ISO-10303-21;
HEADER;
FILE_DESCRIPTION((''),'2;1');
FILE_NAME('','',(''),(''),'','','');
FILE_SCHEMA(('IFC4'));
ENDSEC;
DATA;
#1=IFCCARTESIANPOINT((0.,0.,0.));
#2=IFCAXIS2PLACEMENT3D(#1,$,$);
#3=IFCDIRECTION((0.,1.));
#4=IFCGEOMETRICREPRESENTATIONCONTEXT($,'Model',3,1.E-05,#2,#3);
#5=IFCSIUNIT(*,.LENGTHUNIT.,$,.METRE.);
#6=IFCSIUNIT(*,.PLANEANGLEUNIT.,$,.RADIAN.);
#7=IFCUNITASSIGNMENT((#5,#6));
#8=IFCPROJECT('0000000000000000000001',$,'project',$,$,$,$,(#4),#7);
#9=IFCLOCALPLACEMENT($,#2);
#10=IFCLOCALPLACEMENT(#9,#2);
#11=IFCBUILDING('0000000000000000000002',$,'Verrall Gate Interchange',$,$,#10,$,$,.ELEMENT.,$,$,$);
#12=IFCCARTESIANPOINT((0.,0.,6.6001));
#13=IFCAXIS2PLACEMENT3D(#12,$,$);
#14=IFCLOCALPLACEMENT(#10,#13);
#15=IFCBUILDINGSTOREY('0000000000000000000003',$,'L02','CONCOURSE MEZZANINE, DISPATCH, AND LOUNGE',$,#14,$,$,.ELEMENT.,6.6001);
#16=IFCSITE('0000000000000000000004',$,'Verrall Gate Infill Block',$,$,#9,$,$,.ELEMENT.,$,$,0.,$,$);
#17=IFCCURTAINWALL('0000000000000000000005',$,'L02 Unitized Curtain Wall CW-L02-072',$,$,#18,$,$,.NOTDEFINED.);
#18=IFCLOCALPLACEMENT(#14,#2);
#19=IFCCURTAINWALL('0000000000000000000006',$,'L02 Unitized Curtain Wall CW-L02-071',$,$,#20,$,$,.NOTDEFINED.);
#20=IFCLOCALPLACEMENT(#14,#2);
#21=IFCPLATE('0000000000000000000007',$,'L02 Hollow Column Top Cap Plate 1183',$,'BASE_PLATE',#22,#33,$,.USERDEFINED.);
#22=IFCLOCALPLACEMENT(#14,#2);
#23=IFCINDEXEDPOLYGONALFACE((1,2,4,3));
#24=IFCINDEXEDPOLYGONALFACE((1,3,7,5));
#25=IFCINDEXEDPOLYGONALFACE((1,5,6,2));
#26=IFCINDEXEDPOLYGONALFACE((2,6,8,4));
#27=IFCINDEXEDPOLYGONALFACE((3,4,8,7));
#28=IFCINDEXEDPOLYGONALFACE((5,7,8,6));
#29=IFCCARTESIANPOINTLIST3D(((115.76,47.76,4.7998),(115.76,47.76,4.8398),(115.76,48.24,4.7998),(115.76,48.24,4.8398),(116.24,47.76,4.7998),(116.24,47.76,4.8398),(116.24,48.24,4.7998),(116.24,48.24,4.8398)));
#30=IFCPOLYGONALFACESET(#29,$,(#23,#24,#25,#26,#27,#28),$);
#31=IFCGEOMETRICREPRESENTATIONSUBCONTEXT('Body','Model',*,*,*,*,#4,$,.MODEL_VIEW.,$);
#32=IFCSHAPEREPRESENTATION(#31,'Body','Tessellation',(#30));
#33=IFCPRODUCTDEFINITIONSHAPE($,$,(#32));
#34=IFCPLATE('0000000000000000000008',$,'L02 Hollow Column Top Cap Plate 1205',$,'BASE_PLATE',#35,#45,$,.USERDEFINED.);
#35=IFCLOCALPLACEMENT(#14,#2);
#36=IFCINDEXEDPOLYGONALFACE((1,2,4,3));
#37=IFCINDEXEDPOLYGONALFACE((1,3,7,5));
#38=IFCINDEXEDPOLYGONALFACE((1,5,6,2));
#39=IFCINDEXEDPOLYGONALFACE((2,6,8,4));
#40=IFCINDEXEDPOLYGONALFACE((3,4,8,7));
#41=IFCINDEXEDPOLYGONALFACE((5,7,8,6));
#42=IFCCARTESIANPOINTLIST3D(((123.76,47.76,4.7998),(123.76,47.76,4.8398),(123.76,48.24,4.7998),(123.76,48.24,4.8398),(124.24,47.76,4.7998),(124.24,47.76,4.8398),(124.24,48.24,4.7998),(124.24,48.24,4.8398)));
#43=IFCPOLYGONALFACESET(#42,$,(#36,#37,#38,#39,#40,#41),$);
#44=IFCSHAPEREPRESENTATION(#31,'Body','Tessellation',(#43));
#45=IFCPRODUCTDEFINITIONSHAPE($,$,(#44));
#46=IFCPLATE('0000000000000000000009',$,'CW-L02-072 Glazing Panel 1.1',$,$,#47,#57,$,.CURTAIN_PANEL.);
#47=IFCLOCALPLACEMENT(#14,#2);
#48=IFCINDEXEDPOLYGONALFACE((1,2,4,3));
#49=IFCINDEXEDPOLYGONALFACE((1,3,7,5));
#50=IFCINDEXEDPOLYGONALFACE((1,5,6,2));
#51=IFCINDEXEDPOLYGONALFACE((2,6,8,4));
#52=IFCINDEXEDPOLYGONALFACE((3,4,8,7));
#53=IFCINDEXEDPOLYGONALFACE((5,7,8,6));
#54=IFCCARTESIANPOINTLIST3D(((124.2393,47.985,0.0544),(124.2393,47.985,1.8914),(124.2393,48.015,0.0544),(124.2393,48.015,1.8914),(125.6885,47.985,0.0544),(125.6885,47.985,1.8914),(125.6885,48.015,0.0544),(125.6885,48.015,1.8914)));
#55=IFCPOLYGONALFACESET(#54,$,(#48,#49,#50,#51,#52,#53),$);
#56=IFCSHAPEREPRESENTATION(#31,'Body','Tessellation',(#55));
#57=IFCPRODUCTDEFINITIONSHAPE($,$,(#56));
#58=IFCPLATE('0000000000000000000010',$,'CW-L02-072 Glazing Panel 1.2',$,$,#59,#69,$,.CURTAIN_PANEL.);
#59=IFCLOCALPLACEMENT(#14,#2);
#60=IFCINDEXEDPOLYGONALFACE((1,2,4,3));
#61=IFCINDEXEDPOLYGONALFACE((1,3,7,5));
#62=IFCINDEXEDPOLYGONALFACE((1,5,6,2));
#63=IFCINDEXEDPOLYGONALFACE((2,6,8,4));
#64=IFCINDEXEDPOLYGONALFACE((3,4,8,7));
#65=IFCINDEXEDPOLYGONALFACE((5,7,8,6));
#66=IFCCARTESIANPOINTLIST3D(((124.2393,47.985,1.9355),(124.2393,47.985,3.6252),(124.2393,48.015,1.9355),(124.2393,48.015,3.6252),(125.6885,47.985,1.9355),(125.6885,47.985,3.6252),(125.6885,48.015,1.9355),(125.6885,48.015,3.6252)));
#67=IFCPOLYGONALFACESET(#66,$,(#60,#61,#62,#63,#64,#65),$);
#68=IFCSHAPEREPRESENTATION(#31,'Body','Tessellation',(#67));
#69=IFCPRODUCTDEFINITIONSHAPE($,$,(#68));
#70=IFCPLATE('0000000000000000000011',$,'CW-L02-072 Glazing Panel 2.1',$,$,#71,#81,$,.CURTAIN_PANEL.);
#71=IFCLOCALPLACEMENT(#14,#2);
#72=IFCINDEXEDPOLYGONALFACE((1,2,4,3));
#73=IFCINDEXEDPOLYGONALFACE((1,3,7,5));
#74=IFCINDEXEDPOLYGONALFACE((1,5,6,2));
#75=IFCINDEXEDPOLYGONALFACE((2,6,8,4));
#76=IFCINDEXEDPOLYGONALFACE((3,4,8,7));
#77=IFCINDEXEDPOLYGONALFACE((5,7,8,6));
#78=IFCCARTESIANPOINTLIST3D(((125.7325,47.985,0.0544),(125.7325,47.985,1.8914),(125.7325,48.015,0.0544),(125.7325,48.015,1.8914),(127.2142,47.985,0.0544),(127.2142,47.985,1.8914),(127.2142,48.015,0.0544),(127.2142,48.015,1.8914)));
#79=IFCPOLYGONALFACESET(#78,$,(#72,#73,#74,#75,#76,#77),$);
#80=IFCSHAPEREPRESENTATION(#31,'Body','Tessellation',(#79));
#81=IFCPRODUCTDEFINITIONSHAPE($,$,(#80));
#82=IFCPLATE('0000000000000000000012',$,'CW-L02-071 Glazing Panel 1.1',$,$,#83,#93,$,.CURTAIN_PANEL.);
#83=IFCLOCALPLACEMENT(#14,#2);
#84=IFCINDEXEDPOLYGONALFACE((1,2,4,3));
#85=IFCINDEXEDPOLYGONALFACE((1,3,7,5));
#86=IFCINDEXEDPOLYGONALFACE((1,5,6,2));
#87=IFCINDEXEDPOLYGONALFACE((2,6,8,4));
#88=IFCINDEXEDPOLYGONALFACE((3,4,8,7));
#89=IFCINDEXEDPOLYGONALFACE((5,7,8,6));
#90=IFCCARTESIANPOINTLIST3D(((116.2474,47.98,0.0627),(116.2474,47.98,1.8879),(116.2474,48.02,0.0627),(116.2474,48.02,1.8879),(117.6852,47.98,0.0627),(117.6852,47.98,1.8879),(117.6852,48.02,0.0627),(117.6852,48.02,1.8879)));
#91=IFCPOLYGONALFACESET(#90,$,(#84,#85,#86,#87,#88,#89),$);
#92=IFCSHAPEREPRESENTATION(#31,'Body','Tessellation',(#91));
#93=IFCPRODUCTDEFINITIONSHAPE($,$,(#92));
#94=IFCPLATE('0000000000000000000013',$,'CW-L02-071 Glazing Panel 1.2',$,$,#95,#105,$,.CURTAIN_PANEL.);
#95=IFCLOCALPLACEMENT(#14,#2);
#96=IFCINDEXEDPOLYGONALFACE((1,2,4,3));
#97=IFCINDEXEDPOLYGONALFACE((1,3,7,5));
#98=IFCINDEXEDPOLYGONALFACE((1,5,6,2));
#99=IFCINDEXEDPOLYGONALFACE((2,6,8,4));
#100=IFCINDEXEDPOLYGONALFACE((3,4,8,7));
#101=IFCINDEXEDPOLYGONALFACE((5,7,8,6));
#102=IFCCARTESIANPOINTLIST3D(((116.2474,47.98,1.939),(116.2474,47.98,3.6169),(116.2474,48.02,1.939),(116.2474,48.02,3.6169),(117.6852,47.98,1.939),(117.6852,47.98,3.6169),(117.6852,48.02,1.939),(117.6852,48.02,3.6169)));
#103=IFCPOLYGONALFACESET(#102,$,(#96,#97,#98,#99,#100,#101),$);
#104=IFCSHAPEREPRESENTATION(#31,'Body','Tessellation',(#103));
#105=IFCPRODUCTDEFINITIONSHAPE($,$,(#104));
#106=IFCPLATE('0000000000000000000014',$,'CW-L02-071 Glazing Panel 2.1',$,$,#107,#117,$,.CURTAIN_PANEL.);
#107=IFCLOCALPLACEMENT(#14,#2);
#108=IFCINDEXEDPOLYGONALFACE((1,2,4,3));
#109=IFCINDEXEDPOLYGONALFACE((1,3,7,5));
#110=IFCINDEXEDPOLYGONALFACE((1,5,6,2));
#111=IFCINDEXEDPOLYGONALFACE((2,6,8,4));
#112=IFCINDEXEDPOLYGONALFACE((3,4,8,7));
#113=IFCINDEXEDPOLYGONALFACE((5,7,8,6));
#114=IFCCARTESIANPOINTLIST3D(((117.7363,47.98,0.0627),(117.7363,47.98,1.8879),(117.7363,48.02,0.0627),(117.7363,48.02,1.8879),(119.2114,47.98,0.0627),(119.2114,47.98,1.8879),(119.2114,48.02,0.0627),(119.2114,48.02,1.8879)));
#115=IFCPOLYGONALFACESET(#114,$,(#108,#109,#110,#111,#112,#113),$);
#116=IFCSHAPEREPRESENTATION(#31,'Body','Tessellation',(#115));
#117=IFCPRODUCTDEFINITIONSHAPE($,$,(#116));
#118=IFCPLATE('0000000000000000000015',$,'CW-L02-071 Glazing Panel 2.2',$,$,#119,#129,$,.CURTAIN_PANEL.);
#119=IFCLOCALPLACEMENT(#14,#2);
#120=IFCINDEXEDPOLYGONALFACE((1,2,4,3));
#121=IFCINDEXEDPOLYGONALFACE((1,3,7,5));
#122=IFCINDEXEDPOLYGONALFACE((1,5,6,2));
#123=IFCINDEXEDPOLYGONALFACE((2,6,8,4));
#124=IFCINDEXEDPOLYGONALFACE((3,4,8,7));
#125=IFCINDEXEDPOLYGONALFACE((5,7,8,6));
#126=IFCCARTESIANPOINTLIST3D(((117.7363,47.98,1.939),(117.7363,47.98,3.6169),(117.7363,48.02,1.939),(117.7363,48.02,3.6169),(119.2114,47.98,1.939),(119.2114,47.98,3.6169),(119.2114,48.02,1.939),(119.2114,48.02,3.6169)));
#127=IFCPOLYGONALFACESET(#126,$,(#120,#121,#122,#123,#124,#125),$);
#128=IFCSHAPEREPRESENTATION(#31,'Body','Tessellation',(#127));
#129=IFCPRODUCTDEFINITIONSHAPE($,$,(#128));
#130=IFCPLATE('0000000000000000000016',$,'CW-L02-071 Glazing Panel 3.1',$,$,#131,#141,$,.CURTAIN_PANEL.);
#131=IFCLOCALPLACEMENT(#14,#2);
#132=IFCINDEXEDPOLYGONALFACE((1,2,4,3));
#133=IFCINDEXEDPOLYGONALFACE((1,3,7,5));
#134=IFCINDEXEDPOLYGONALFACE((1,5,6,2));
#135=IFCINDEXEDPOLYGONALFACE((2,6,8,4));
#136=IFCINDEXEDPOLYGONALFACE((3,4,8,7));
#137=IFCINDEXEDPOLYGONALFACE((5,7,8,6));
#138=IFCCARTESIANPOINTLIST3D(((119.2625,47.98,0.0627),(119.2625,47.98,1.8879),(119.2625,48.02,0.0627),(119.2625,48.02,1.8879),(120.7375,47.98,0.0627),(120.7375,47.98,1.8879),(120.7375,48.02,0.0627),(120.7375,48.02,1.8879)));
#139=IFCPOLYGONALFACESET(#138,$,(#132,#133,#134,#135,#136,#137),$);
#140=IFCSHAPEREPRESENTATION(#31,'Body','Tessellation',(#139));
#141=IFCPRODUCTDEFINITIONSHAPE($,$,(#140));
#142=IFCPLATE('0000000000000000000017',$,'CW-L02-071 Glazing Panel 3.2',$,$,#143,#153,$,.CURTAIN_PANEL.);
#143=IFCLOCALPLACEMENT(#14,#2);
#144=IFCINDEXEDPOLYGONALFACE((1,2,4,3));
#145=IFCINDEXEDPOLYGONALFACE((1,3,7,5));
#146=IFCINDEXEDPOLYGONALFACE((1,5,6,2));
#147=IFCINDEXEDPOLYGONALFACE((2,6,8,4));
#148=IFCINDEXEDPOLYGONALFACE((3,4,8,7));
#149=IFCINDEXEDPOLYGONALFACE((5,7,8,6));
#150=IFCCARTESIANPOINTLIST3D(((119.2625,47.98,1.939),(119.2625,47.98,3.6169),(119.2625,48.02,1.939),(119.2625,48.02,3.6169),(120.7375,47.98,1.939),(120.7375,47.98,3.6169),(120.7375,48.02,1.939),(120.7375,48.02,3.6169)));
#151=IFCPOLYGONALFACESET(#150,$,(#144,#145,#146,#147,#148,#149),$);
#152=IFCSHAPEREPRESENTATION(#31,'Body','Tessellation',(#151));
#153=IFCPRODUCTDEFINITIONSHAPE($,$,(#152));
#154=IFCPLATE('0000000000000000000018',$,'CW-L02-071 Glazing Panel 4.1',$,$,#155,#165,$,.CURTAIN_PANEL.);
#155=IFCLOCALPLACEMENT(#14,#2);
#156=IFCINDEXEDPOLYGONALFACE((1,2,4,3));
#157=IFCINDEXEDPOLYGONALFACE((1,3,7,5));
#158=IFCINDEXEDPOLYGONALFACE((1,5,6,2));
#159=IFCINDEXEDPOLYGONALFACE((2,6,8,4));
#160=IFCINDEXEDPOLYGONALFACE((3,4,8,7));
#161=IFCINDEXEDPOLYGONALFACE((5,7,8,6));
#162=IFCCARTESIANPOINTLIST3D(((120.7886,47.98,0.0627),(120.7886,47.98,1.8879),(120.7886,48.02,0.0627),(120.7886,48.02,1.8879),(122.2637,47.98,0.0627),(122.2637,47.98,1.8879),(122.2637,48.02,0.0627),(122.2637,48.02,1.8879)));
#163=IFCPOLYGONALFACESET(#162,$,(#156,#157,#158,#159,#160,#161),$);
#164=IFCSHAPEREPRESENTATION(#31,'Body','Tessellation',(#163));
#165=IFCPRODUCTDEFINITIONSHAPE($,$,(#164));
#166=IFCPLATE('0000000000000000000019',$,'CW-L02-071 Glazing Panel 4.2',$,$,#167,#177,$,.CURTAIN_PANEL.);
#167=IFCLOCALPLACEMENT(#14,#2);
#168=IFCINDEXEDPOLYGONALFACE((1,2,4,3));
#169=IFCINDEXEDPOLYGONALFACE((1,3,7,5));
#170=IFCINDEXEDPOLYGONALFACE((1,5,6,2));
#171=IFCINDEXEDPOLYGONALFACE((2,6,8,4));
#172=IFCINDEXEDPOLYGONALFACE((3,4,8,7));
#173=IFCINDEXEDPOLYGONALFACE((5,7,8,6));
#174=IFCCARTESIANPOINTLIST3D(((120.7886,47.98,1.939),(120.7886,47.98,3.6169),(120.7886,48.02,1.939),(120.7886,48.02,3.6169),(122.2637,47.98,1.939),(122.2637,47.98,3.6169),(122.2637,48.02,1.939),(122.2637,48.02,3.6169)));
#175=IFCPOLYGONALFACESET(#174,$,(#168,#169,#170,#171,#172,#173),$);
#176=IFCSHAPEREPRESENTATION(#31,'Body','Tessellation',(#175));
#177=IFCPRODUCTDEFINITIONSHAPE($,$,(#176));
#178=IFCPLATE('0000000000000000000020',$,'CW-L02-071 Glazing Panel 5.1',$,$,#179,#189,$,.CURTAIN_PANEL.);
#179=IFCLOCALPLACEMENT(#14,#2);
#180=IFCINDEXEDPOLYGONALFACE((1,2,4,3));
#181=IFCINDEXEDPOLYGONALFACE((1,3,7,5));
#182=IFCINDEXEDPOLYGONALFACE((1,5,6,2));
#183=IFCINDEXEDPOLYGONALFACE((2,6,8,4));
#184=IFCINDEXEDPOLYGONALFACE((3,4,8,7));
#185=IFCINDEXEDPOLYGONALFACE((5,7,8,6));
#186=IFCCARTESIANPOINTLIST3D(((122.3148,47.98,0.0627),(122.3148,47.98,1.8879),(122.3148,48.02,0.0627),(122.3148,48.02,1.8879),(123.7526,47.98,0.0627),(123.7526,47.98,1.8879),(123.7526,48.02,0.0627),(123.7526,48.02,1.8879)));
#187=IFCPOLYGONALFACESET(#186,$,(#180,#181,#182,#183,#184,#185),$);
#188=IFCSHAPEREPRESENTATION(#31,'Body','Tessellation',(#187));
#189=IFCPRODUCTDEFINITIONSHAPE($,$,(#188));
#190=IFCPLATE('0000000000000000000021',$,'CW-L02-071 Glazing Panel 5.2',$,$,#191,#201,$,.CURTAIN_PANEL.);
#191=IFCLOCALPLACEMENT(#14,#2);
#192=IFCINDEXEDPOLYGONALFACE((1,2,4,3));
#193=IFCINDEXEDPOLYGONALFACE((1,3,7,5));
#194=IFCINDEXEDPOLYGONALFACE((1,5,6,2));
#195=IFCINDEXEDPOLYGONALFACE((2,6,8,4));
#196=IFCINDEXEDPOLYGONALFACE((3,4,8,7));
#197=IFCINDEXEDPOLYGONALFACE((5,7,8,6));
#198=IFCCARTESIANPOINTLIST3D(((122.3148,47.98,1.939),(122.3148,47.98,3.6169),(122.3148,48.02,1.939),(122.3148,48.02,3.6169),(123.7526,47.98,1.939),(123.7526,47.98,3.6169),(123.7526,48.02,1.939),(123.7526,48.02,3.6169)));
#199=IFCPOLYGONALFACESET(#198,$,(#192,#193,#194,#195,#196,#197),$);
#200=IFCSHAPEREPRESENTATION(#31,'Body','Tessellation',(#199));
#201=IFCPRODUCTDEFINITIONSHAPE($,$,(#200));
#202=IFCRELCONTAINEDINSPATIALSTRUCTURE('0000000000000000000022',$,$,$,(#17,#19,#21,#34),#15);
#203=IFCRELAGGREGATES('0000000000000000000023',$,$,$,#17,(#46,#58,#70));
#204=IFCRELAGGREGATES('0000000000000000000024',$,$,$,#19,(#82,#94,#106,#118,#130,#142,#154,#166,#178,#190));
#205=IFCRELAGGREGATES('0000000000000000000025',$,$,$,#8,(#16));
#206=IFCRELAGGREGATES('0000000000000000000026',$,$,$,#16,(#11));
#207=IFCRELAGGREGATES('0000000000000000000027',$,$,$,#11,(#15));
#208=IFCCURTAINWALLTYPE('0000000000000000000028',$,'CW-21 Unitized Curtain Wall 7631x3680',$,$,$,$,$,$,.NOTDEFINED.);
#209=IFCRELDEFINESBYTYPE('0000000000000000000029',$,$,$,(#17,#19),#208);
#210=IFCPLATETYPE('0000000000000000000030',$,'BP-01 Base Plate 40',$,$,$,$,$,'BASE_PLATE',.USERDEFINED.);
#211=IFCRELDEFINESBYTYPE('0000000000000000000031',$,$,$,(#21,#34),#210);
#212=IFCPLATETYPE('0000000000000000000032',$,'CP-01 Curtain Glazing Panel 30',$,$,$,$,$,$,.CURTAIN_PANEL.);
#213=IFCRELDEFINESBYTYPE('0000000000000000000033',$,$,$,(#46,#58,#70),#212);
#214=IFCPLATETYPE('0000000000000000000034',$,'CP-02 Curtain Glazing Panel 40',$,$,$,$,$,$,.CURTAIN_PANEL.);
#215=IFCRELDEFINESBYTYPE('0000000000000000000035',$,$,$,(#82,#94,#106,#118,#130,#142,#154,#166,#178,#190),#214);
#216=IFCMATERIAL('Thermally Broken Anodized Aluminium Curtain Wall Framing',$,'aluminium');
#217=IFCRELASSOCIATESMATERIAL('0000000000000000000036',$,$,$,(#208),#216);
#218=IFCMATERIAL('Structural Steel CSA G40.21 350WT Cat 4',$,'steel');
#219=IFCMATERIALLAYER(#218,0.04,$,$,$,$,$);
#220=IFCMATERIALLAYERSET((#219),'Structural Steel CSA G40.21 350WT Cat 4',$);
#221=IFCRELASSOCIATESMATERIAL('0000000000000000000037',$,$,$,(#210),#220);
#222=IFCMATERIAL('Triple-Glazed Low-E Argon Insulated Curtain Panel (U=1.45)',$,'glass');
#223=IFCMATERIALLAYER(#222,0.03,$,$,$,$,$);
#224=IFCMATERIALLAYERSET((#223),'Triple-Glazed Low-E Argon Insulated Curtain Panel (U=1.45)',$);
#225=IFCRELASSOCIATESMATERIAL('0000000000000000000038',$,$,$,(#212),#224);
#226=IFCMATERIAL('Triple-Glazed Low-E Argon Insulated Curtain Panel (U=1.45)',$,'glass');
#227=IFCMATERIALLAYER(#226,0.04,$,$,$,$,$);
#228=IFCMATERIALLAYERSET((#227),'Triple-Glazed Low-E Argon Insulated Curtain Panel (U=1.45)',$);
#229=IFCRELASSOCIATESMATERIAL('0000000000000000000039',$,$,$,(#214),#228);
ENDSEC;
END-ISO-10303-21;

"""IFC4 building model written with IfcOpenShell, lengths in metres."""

from ifc_helpers import new_model, si_unit, direction, frame, origin, origin_2d, place, context, subcontext, project, spatial, rectangle, extrude, material, layer, layer_set, type_object, element, aggregate, save


model = new_model("IFC4")

# Units and contexts
model_context = context("Model", 3, precision=1e-05, world=origin(), true_north=direction((0.0, 1.0)))
body_context = subcontext(model_context, "Body", "Model", "MODEL_VIEW")
ifc_project = project(units=[si_unit("LENGTHUNIT", "METRE"), si_unit("PLANEANGLEUNIT", "RADIAN")], contexts=[model_context])

# Site, building, storey
site_placement = place(None, origin())
site = spatial("IfcSite", under=ifc_project, at=site_placement, Name="Verrall Gate Infill Block", CompositionType="ELEMENT", RefElevation=0.0)
building_placement = place(site_placement, origin())
building = spatial("IfcBuilding", under=site, at=building_placement, Name="Verrall Gate Interchange", CompositionType="ELEMENT")
storey_placement = place(building_placement, frame((0.0, 0.0, 6.6001)))
storey = spatial("IfcBuildingStorey", under=building, at=storey_placement, Name="L02", Description="CONCOURSE MEZZANINE, DISPATCH, AND LOUNGE", CompositionType="ELEMENT", Elevation=6.6001)

# Curtain walls
ifc_material_1 = material(Name="Thermally Broken Anodized Aluminium Curtain Wall Framing", Category="aluminium")
curtain_wall_type = type_object("IfcCurtainWallType", Name="CW-21 Unitized Curtain Wall 7631x3680", PredefinedType="NOTDEFINED", material=ifc_material_1)
curtain_wall_1_placement = place(storey_placement, origin())
curtain_wall_1 = element("IfcCurtainWall", 1, at=curtain_wall_1_placement, inside=storey, type_object=curtain_wall_type, Name="L02 Unitized Curtain Wall CW-L02-072", PredefinedType="NOTDEFINED")
curtain_wall_2_placement = place(storey_placement, origin())
curtain_wall_2 = element("IfcCurtainWall", 2, at=curtain_wall_2_placement, inside=storey, type_object=curtain_wall_type, Name="L02 Unitized Curtain Wall CW-L02-071", PredefinedType="NOTDEFINED")

# Plates
ifc_material_2 = material(Name="Structural Steel CSA G40.21 350WT Cat 4", Category="steel")
ifc_layer_1 = layer(ifc_material_2, 0.04)
ifc_layer_set_1 = layer_set([ifc_layer_1], Name="Structural Steel CSA G40.21 350WT Cat 4")
plate_type_1 = type_object("IfcPlateType", Name="BP-01 Base Plate 40", ElementType="BASE_PLATE", PredefinedType="USERDEFINED", material=ifc_layer_set_1)
for number, where, z_axis, x_axis, name in (
    (3, (116.0, 48.0, 4.7998), (0.0, 0.0, 1.0), (1.0, 0.0, 0.0), "L02 Hollow Column Top Cap Plate 1183"),
    (4, (124.0, 48.0, 4.7998), (0.0, 0.0, 1.0), (1.0, 0.0, 0.0), "L02 Hollow Column Top Cap Plate 1205"),
):
    element("IfcPlate", number, at=place(storey_placement, frame(where, z_axis=z_axis, x_axis=x_axis)), inside=storey, type_object=plate_type_1, Name=name, ObjectType="BASE_PLATE", PredefinedType="USERDEFINED", context=body_context, shape_type="SweptSolid", body=[
        extrude(rectangle(XDim=0.48, YDim=0.48, at=origin_2d()), origin(), (0.0, 0.0, 1.0), 0.04),
    ])

# Plates
ifc_material_3 = material(Name="Triple-Glazed Low-E Argon Insulated Curtain Panel (U=1.45)", Category="glass")
ifc_layer_2 = layer(ifc_material_3, 0.03)
ifc_layer_set_2 = layer_set([ifc_layer_2], Name="Triple-Glazed Low-E Argon Insulated Curtain Panel (U=1.45)")
plate_type_2 = type_object("IfcPlateType", Name="CP-01 Curtain Glazing Panel 30", PredefinedType="CURTAIN_PANEL", material=ifc_layer_set_2)
plate_1_placement = place(storey_placement, frame((124.9639, 48.0, 0.0544), z_axis=(0.0, 0.0, 1.0), x_axis=(1.0, 0.0, 0.0)))
plate_1 = element("IfcPlate", 5, at=plate_1_placement, type_object=plate_type_2, Name="CW-L02-072 Glazing Panel 1.1", PredefinedType="CURTAIN_PANEL", context=body_context, shape_type="SweptSolid", body=[
    extrude(rectangle(XDim=1.4492, YDim=0.03, at=origin_2d()), origin(), (0.0, 0.0, 1.0), 1.8369),
])
plate_2_placement = place(storey_placement, frame((124.9639, 48.0, 1.9355), z_axis=(0.0, 0.0, 1.0), x_axis=(1.0, 0.0, 0.0)))
plate_2 = element("IfcPlate", 6, at=plate_2_placement, type_object=plate_type_2, Name="CW-L02-072 Glazing Panel 1.2", PredefinedType="CURTAIN_PANEL", context=body_context, shape_type="SweptSolid", body=[
    extrude(rectangle(XDim=1.4492, YDim=0.03, at=origin_2d()), origin(), (0.0, 0.0, 1.0), 1.6897),
])
plate_3_placement = place(storey_placement, frame((126.4734, 48.0, 0.0544), z_axis=(0.0, 0.0, 1.0), x_axis=(1.0, 0.0, 0.0)))
plate_3 = element("IfcPlate", 7, at=plate_3_placement, type_object=plate_type_2, Name="CW-L02-072 Glazing Panel 2.1", PredefinedType="CURTAIN_PANEL", context=body_context, shape_type="SweptSolid", body=[
    extrude(rectangle(XDim=1.4817, YDim=0.03, at=origin_2d()), origin(), (0.0, 0.0, 1.0), 1.8369),
])
aggregate(curtain_wall_1, [plate_1, plate_2, plate_3])
ifc_material_4 = material(Name="Triple-Glazed Low-E Argon Insulated Curtain Panel (U=1.45)", Category="glass")
ifc_layer_3 = layer(ifc_material_4, 0.04)
ifc_layer_set_3 = layer_set([ifc_layer_3], Name="Triple-Glazed Low-E Argon Insulated Curtain Panel (U=1.45)")
plate_type_3 = type_object("IfcPlateType", Name="CP-02 Curtain Glazing Panel 40", PredefinedType="CURTAIN_PANEL", material=ifc_layer_set_3)
plate_4_placement = place(storey_placement, frame((116.9663, 48.0, 0.0627), z_axis=(0.0, 0.0, 1.0), x_axis=(1.0, 0.0, 0.0)))
plate_4 = element("IfcPlate", 8, at=plate_4_placement, type_object=plate_type_3, Name="CW-L02-071 Glazing Panel 1.1", PredefinedType="CURTAIN_PANEL", context=body_context, shape_type="SweptSolid", body=[
    extrude(rectangle(XDim=1.4377, YDim=0.04, at=origin_2d()), origin(), (0.0, 0.0, 1.0), 1.8252),
])
plate_5_placement = place(storey_placement, frame((116.9663, 48.0, 1.939), z_axis=(0.0, 0.0, 1.0), x_axis=(1.0, 0.0, 0.0)))
plate_5 = element("IfcPlate", 9, at=plate_5_placement, type_object=plate_type_3, Name="CW-L02-071 Glazing Panel 1.2", PredefinedType="CURTAIN_PANEL", context=body_context, shape_type="SweptSolid", body=[
    extrude(rectangle(XDim=1.4377, YDim=0.04, at=origin_2d()), origin(), (0.0, 0.0, 1.0), 1.678),
])
plate_6_placement = place(storey_placement, frame((118.4739, 48.0, 0.0627), z_axis=(0.0, 0.0, 1.0), x_axis=(1.0, 0.0, 0.0)))
plate_6 = element("IfcPlate", 10, at=plate_6_placement, type_object=plate_type_3, Name="CW-L02-071 Glazing Panel 2.1", PredefinedType="CURTAIN_PANEL", context=body_context, shape_type="SweptSolid", body=[
    extrude(rectangle(XDim=1.4751, YDim=0.04, at=origin_2d()), origin(), (0.0, 0.0, 1.0), 1.8252),
])
plate_7_placement = place(storey_placement, frame((118.4739, 48.0, 1.939), z_axis=(0.0, 0.0, 1.0), x_axis=(1.0, 0.0, 0.0)))
plate_7 = element("IfcPlate", 11, at=plate_7_placement, type_object=plate_type_3, Name="CW-L02-071 Glazing Panel 2.2", PredefinedType="CURTAIN_PANEL", context=body_context, shape_type="SweptSolid", body=[
    extrude(rectangle(XDim=1.4751, YDim=0.04, at=origin_2d()), origin(), (0.0, 0.0, 1.0), 1.678),
])
plate_8_placement = place(storey_placement, frame((120.0, 48.0, 0.0627), z_axis=(0.0, 0.0, 1.0), x_axis=(1.0, 0.0, 0.0)))
plate_8 = element("IfcPlate", 12, at=plate_8_placement, type_object=plate_type_3, Name="CW-L02-071 Glazing Panel 3.1", PredefinedType="CURTAIN_PANEL", context=body_context, shape_type="SweptSolid", body=[
    extrude(rectangle(XDim=1.4751, YDim=0.04, at=origin_2d()), origin(), (0.0, 0.0, 1.0), 1.8252),
])
plate_9_placement = place(storey_placement, frame((120.0, 48.0, 1.939), z_axis=(0.0, 0.0, 1.0), x_axis=(1.0, 0.0, 0.0)))
plate_9 = element("IfcPlate", 13, at=plate_9_placement, type_object=plate_type_3, Name="CW-L02-071 Glazing Panel 3.2", PredefinedType="CURTAIN_PANEL", context=body_context, shape_type="SweptSolid", body=[
    extrude(rectangle(XDim=1.4751, YDim=0.04, at=origin_2d()), origin(), (0.0, 0.0, 1.0), 1.678),
])
plate_10_placement = place(storey_placement, frame((121.5261, 48.0, 0.0627), z_axis=(0.0, 0.0, 1.0), x_axis=(1.0, 0.0, 0.0)))
plate_10 = element("IfcPlate", 14, at=plate_10_placement, type_object=plate_type_3, Name="CW-L02-071 Glazing Panel 4.1", PredefinedType="CURTAIN_PANEL", context=body_context, shape_type="SweptSolid", body=[
    extrude(rectangle(XDim=1.4751, YDim=0.04, at=origin_2d()), origin(), (0.0, 0.0, 1.0), 1.8252),
])
plate_11_placement = place(storey_placement, frame((121.5261, 48.0, 1.939), z_axis=(0.0, 0.0, 1.0), x_axis=(1.0, 0.0, 0.0)))
plate_11 = element("IfcPlate", 15, at=plate_11_placement, type_object=plate_type_3, Name="CW-L02-071 Glazing Panel 4.2", PredefinedType="CURTAIN_PANEL", context=body_context, shape_type="SweptSolid", body=[
    extrude(rectangle(XDim=1.4751, YDim=0.04, at=origin_2d()), origin(), (0.0, 0.0, 1.0), 1.678),
])
plate_12_placement = place(storey_placement, frame((123.0337, 48.0, 0.0627), z_axis=(0.0, 0.0, 1.0), x_axis=(1.0, 0.0, 0.0)))
plate_12 = element("IfcPlate", 16, at=plate_12_placement, type_object=plate_type_3, Name="CW-L02-071 Glazing Panel 5.1", PredefinedType="CURTAIN_PANEL", context=body_context, shape_type="SweptSolid", body=[
    extrude(rectangle(XDim=1.4377, YDim=0.04, at=origin_2d()), origin(), (0.0, 0.0, 1.0), 1.8252),
])
plate_13_placement = place(storey_placement, frame((123.0337, 48.0, 1.939), z_axis=(0.0, 0.0, 1.0), x_axis=(1.0, 0.0, 0.0)))
plate_13 = element("IfcPlate", 17, at=plate_13_placement, type_object=plate_type_3, Name="CW-L02-071 Glazing Panel 5.2", PredefinedType="CURTAIN_PANEL", context=body_context, shape_type="SweptSolid", body=[
    extrude(rectangle(XDim=1.4377, YDim=0.04, at=origin_2d()), origin(), (0.0, 0.0, 1.0), 1.678),
])
aggregate(curtain_wall_2, [plate_4, plate_5, plate_6, plate_7, plate_8, plate_9, plate_10, plate_11, plate_12, plate_13])

save(model, "model.ifc")
